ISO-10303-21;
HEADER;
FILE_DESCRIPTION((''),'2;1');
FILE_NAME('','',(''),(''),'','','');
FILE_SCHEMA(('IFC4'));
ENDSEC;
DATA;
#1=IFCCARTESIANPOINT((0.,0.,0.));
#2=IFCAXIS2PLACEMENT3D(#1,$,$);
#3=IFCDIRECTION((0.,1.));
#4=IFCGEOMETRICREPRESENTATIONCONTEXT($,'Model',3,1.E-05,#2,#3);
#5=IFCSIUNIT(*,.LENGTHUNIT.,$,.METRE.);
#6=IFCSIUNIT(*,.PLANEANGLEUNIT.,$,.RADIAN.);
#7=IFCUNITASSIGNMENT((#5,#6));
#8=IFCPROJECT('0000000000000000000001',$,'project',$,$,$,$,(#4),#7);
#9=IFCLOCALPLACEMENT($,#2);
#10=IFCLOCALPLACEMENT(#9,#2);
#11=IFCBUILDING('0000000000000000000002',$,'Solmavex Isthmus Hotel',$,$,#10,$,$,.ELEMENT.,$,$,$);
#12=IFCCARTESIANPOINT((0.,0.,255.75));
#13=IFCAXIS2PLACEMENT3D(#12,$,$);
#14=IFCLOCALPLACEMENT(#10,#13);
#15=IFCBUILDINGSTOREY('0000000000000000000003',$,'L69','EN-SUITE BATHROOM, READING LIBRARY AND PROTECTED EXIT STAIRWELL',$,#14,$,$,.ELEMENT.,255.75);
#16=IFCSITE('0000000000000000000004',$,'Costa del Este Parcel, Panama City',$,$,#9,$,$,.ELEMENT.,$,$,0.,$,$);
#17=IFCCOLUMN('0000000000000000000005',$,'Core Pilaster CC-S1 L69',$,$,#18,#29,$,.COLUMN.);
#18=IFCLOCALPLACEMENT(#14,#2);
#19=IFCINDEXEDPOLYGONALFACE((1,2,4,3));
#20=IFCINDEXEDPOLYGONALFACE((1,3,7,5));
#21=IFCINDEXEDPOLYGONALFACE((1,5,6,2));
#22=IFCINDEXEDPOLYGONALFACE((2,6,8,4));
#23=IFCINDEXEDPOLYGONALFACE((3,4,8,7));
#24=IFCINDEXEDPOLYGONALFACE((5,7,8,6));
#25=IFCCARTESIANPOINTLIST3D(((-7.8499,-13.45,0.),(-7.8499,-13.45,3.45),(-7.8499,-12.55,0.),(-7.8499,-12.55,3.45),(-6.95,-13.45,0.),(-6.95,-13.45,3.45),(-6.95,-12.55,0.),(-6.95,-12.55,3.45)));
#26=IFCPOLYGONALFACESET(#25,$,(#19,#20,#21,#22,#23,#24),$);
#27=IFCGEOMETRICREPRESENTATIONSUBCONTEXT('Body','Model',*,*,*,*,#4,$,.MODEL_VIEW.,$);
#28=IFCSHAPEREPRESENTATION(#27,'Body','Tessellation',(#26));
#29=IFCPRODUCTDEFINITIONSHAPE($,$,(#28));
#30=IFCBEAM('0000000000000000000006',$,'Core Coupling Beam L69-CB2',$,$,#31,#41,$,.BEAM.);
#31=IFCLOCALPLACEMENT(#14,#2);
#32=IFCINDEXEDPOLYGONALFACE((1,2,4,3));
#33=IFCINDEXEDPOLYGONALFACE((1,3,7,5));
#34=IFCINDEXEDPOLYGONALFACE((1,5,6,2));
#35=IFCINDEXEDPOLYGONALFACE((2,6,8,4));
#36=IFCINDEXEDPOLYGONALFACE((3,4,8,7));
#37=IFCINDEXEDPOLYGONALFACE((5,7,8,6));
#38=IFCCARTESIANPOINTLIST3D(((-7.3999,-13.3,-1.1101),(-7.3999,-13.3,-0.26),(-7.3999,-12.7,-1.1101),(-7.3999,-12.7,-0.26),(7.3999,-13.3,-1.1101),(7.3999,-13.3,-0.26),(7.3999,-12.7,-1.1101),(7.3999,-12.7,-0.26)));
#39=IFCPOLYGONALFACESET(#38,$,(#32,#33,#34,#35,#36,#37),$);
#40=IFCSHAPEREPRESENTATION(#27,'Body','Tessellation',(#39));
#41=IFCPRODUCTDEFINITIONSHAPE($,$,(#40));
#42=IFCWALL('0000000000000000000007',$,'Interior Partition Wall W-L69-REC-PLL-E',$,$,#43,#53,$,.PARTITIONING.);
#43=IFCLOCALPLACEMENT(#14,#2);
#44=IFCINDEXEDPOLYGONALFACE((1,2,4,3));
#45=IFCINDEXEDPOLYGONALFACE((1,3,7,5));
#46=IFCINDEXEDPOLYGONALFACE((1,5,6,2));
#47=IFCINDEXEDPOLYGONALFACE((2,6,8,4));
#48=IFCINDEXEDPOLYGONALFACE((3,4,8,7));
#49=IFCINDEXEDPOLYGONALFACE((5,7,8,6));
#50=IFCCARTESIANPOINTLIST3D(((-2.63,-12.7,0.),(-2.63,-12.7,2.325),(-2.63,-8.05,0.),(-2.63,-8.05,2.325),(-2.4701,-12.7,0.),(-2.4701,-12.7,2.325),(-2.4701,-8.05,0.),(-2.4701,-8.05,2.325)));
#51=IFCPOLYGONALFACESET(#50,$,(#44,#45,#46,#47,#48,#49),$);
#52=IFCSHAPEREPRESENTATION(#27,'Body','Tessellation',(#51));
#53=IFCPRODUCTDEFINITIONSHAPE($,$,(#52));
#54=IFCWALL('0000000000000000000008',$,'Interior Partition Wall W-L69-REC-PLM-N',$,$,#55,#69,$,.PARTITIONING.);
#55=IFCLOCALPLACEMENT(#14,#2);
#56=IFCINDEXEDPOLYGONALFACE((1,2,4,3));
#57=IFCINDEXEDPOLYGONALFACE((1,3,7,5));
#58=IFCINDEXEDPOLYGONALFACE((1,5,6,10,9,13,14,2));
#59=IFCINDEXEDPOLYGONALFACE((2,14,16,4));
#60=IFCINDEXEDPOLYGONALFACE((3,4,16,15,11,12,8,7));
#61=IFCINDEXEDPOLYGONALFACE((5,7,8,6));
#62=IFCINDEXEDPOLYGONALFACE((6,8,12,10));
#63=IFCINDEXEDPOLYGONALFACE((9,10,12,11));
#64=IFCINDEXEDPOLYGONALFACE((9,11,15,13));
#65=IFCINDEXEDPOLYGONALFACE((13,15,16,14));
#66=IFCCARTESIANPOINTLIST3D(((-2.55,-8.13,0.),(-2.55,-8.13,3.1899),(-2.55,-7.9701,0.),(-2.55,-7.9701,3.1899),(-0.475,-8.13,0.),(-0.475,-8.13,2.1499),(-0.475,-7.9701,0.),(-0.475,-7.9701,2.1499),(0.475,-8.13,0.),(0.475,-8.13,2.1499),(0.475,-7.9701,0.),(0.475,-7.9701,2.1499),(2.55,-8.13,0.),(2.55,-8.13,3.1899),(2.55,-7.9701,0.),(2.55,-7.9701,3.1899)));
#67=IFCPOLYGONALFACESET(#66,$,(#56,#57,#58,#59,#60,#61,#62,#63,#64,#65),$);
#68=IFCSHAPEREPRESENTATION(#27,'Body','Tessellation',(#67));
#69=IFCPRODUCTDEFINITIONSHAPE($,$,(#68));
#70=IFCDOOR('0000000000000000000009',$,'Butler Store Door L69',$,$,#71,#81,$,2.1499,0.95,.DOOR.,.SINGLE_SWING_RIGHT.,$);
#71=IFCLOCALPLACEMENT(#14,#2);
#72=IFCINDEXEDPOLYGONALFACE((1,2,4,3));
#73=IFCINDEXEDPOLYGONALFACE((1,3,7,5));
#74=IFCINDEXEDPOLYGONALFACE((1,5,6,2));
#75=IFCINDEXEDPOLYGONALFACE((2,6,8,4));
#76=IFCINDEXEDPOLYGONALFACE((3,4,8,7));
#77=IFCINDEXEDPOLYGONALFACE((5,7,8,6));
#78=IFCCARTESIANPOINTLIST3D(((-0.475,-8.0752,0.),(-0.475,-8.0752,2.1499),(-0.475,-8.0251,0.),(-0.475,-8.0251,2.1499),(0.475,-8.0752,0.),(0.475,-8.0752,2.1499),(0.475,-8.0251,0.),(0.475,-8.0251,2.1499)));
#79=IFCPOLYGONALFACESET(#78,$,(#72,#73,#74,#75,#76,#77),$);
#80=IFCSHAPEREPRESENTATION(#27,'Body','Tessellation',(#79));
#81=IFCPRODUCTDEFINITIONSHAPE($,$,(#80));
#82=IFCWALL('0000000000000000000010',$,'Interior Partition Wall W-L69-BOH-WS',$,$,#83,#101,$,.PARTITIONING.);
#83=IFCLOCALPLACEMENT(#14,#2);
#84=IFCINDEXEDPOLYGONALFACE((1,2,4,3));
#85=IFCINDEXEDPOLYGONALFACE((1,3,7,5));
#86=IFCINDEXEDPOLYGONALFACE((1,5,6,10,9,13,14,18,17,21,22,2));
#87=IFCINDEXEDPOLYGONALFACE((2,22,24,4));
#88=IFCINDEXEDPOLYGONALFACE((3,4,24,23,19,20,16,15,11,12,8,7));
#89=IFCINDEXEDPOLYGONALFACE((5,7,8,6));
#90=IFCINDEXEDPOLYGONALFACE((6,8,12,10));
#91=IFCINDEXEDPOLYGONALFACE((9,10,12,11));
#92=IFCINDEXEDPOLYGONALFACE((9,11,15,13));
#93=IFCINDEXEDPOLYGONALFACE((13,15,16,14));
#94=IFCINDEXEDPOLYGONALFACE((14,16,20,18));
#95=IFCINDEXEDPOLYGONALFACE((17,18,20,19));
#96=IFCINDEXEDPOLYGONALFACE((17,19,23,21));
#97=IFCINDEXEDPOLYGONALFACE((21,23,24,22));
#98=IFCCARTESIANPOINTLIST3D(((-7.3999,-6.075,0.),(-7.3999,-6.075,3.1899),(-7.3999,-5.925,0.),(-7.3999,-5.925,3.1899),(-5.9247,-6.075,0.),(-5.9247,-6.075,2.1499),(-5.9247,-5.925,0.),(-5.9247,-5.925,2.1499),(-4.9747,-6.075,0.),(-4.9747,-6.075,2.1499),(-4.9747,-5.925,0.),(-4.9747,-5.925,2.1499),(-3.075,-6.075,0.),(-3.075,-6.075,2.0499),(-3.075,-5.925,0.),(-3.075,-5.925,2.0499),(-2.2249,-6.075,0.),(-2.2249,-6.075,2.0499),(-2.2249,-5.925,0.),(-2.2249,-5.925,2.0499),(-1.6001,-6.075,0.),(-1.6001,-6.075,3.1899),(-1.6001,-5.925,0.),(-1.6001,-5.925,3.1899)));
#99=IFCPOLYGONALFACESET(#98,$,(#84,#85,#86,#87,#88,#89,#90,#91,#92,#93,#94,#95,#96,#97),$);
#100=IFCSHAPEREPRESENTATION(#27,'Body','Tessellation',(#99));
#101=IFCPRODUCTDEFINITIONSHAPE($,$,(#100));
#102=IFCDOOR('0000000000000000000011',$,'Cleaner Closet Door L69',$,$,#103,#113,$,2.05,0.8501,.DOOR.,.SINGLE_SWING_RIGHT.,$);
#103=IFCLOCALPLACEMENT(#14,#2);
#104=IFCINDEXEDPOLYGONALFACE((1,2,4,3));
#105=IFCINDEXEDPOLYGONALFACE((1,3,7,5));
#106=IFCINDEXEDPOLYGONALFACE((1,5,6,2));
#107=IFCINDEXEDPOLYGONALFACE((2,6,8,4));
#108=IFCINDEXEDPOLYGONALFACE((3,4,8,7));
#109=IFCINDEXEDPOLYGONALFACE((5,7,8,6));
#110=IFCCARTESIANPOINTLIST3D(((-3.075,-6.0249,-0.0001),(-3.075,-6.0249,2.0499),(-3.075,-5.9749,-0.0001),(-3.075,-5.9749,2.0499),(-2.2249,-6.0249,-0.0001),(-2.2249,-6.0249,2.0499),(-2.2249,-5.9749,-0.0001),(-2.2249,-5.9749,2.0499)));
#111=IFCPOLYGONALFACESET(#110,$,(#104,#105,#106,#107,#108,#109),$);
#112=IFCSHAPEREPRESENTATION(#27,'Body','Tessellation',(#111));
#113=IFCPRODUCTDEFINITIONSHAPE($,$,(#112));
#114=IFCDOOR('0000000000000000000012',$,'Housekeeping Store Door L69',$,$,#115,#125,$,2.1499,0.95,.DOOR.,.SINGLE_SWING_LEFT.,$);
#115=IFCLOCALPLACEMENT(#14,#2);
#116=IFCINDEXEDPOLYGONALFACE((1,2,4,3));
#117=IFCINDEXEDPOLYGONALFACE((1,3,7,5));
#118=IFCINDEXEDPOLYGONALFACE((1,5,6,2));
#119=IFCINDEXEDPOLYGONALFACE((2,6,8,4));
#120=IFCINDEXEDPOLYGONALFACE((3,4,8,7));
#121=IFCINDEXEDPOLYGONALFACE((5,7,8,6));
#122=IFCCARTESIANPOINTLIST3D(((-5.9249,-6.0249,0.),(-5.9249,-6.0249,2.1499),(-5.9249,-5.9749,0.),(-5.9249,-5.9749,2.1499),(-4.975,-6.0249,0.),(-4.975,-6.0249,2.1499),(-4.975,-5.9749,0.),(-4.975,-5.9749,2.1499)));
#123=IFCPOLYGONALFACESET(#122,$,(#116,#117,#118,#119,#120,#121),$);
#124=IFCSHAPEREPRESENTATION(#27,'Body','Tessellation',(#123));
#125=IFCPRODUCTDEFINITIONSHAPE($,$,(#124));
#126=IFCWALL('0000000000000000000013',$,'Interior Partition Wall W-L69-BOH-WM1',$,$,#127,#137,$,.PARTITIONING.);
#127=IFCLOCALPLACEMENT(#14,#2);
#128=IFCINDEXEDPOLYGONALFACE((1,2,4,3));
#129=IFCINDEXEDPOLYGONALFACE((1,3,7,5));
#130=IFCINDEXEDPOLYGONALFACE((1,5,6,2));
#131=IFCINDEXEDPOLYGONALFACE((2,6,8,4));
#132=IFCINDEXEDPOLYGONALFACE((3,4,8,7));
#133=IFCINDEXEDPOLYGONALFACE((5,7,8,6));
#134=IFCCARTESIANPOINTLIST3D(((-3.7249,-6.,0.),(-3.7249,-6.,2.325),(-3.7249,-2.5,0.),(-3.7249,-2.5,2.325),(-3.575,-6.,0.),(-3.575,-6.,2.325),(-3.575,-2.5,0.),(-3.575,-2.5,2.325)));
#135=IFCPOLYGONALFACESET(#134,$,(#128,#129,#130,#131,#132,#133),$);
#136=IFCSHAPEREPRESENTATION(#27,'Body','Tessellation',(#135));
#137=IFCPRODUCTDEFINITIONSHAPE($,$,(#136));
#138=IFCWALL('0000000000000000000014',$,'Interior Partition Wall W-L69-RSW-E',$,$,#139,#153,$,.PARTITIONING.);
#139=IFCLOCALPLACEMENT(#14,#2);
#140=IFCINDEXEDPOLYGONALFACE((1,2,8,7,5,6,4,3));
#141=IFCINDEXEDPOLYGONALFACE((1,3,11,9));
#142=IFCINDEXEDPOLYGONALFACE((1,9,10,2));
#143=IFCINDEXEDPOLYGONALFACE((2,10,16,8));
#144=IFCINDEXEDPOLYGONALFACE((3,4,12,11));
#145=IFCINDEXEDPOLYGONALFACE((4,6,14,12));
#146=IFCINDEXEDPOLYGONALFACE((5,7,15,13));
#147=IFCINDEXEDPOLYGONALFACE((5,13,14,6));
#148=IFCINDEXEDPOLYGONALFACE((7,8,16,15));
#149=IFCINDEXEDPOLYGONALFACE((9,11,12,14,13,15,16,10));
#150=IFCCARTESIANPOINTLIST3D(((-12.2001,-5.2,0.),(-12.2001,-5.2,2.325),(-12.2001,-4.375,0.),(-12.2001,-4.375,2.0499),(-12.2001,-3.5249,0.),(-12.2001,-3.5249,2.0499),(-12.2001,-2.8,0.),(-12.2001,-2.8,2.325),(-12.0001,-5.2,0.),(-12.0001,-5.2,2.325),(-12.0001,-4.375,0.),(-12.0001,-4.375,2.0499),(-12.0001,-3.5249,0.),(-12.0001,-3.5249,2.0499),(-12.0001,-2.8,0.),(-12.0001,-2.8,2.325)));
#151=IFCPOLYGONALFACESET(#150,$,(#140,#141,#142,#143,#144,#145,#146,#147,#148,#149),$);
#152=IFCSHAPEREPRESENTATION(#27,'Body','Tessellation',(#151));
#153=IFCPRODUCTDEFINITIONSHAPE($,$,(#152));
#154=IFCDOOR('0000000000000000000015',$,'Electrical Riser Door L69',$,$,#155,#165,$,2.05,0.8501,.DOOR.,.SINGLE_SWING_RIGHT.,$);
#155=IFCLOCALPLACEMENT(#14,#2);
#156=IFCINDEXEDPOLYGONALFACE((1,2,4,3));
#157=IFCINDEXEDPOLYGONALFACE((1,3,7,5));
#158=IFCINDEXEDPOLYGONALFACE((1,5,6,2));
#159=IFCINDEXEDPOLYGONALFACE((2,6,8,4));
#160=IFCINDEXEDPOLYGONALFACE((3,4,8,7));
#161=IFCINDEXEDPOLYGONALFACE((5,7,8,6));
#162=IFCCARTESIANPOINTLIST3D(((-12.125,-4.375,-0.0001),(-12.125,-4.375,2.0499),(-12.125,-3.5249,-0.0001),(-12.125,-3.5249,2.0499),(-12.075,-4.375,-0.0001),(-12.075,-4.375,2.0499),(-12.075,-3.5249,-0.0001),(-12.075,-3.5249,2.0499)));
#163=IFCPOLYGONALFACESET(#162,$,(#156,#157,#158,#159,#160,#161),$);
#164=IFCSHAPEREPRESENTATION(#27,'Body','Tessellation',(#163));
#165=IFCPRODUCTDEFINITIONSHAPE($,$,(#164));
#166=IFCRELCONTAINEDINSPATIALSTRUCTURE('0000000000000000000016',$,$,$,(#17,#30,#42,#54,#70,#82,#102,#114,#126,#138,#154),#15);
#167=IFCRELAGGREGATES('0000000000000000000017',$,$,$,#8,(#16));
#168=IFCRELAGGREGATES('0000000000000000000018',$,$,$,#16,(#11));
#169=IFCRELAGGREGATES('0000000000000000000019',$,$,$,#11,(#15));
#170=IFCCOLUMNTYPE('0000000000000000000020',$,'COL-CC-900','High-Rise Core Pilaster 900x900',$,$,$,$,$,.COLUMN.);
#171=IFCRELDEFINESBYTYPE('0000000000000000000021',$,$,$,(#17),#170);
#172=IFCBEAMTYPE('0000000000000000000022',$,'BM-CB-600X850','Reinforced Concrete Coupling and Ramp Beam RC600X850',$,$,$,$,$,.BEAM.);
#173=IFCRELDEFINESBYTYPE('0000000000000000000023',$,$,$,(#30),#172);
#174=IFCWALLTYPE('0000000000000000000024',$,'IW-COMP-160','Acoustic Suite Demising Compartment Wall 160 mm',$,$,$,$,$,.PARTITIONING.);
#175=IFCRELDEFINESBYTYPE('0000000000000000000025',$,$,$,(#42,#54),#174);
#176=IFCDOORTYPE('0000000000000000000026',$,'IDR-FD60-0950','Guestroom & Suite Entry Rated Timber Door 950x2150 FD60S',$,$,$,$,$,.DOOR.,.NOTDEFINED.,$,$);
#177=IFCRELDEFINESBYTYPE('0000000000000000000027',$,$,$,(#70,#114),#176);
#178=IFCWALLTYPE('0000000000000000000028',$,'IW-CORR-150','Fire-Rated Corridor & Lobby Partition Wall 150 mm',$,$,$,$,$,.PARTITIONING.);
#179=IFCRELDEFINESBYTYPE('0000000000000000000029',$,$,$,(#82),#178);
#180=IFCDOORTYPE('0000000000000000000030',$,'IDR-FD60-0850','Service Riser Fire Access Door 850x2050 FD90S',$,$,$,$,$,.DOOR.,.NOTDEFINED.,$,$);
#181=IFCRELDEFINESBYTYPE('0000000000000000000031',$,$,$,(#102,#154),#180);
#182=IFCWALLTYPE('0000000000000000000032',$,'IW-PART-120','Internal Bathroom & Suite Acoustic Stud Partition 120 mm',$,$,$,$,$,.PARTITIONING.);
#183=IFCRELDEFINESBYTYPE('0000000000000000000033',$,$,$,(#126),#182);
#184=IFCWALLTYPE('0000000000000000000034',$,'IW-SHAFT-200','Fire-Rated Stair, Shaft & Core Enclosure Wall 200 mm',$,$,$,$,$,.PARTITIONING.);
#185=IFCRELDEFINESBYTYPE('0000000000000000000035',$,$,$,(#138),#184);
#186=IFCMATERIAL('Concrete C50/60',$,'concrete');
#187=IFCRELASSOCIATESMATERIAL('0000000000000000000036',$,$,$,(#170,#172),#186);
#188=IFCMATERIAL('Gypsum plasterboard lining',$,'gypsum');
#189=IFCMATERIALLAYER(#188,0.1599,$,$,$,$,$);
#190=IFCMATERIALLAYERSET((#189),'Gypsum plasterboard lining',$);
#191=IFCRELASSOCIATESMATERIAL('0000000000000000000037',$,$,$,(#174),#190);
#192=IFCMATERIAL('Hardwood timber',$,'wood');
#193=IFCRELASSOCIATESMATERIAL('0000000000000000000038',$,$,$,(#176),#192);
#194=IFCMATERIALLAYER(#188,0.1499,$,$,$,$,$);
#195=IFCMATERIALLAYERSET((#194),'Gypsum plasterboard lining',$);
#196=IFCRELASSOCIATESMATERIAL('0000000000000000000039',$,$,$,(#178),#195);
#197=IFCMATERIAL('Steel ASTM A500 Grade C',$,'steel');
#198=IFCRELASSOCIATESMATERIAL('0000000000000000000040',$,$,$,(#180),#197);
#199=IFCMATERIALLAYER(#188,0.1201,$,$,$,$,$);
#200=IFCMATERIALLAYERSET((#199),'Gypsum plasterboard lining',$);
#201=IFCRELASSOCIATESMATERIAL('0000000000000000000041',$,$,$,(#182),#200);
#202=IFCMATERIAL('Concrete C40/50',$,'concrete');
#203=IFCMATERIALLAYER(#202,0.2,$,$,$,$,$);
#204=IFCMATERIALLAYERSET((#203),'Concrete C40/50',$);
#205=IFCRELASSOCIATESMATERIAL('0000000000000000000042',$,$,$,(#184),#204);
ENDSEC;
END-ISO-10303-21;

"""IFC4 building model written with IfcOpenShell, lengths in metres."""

from ifc_helpers import new_model, si_unit, direction, frame, frame_2d, origin, origin_2d, place, context, subcontext, project, spatial, rectangle, extrude, material, layer, layer_set, material_profile, profile_set, type_object, element, fill, save


model = new_model("IFC4")

# Units and contexts
model_context = context("Model", 3, precision=1e-05, world=origin(), true_north=direction((0.0, 1.0)))
body_context = subcontext(model_context, "Body", "Model", "MODEL_VIEW")
ifc_project = project(units=[si_unit("LENGTHUNIT", "METRE"), si_unit("PLANEANGLEUNIT", "RADIAN")], contexts=[model_context])

# Site, building, storey
site_placement = place(None, origin())
site = spatial("IfcSite", under=ifc_project, at=site_placement, Name="Costa del Este Parcel, Panama City", CompositionType="ELEMENT", RefElevation=0.0)
building_placement = place(site_placement, origin())
building = spatial("IfcBuilding", under=site, at=building_placement, Name="Solmavex Isthmus Hotel", CompositionType="ELEMENT")
storey_placement = place(building_placement, frame((0.0, 0.0, 255.75)))
storey = spatial("IfcBuildingStorey", under=building, at=storey_placement, Name="L69", Description="EN-SUITE BATHROOM, READING LIBRARY AND PROTECTED EXIT STAIRWELL", CompositionType="ELEMENT", Elevation=255.75)

# Column
ifc_material_1 = material(Name="Concrete C50/60", Category="concrete")
ifc_material_profile_1 = material_profile(ifc_material_1, rectangle(XDim=0.8999, YDim=0.8999, at=origin_2d()), Name="RC900X900")
ifc_profile_set_1 = profile_set([ifc_material_profile_1], Name="Concrete C50/60")
column_type = type_object("IfcColumnType", Name="COL-CC-900", Description="High-Rise Core Pilaster 900x900", PredefinedType="COLUMN", material=ifc_profile_set_1)
column_placement = place(storey_placement, frame((-7.3999, -13.0, 0.0), z_axis=(0.0, 0.0, 1.0), x_axis=(1.0, 0.0, 0.0)))
element("IfcColumn", 1, at=column_placement, inside=storey, type_object=column_type, Name="Core Pilaster CC-S1 L69", PredefinedType="COLUMN", context=body_context, shape_type="SweptSolid", body=[
    extrude(rectangle(XDim=0.8999, YDim=0.8999, at=origin_2d()), origin(), (0.0, 0.0, 1.0), 3.45),
])

# Beam
ifc_material_profile_2 = material_profile(ifc_material_1, rectangle(XDim=0.6001, YDim=0.8501, at=origin_2d()), Name="RC600X850")
ifc_profile_set_2 = profile_set([ifc_material_profile_2], Name="Concrete C50/60")
beam_type = type_object("IfcBeamType", Name="BM-CB-600X850", Description="Reinforced Concrete Coupling and Ramp Beam RC600X850", PredefinedType="BEAM", material=ifc_profile_set_2)
beam_placement = place(storey_placement, frame((-7.3999, -13.0, -0.6851), z_axis=(1.0, 0.0, 0.0), x_axis=(0.0, 1.0, 0.0)))
element("IfcBeam", 2, at=beam_placement, inside=storey, type_object=beam_type, Name="Core Coupling Beam L69-CB2", PredefinedType="BEAM", context=body_context, shape_type="SweptSolid", body=[
    extrude(rectangle(XDim=0.6001, YDim=0.8501, at=origin_2d()), origin(), (0.0, 0.0, 1.0), 14.7998),
])

# Shared definitions
ifc_material_2 = material(Name="Gypsum plasterboard lining", Category="gypsum")
ifc_layer_1 = layer(ifc_material_2, 0.1599)
ifc_layer_set_1 = layer_set([ifc_layer_1], Name="Gypsum plasterboard lining")
wall_type_1 = type_object("IfcWallType", Name="IW-COMP-160", Description="Acoustic Suite Demising Compartment Wall 160 mm", PredefinedType="PARTITIONING", material=ifc_layer_set_1)
ifc_material_3 = material(Name="Hardwood timber", Category="wood")
door_type_1 = type_object("IfcDoorType", Name="IDR-FD60-0950", Description="Guestroom & Suite Entry Rated Timber Door 950x2150 FD60S", OperationType="NOTDEFINED", PredefinedType="DOOR", material=ifc_material_3)

# Wall
wall_1_placement = place(storey_placement, frame((-2.55, -12.7, 0.0), z_axis=(0.0, 0.0, 1.0), x_axis=(0.0, 1.0, 0.0)))
element("IfcWall", 3, at=wall_1_placement, inside=storey, type_object=wall_type_1, Name="Interior Partition Wall W-L69-REC-PLL-E", PredefinedType="PARTITIONING", context=body_context, shape_type="SweptSolid", body=[
    extrude(rectangle(XDim=4.6499, YDim=0.1599, at=frame_2d((2.325, 0.0))), origin(), (0.0, 0.0, 1.0), 2.325),
])

# Wall, opening, door
wall_2_placement = place(storey_placement, frame((-2.55, -8.05, 0.0), z_axis=(0.0, 0.0, 1.0), x_axis=(1.0, 0.0, 0.0)))
wall_2 = element("IfcWall", 4, at=wall_2_placement, inside=storey, type_object=wall_type_1, Name="Interior Partition Wall W-L69-REC-PLM-N", PredefinedType="PARTITIONING", context=body_context, shape_type="SweptSolid", body=[
    extrude(rectangle(XDim=5.1001, YDim=0.1599, at=frame_2d((2.55, 0.0))), origin(), (0.0, 0.0, 1.0), 3.1899),
])
opening_1_placement = place(wall_2_placement, frame((2.075, 0.0, 0.0)))
opening_1 = element("IfcOpeningElement", 5, at=opening_1_placement, cuts=wall_2, PredefinedType="OPENING", context=body_context, shape_type="SweptSolid", body=[
    extrude(rectangle(XDim=0.95, YDim=2.1499, at=frame_2d((0.4751, 1.075))), frame((0.0, 0.0898, 0.0), z_axis=(0.0, -1.0, 0.0), x_axis=(1.0, 0.0, 0.0)), (0.0, 0.0, 1.0), 0.1799),
])
door_1_placement = place(opening_1_placement, origin())
door_1 = element("IfcDoor", 6, at=door_1_placement, inside=storey, type_object=door_type_1, Name="Butler Store Door L69", OperationType="SINGLE_SWING_RIGHT", OverallHeight=2.1499, OverallWidth=0.95, PredefinedType="DOOR", context=body_context, shape_type="SweptSolid", body=[
    extrude(rectangle(XDim=0.95, YDim=2.1499, at=frame_2d((0.4751, 1.075))), frame((0.0, 0.0249, 0.0), z_axis=(0.0, -1.0, 0.0), x_axis=(1.0, 0.0, 0.0)), (0.0, 0.0, 1.0), 0.05),
])
fill(opening_1, door_1)

# Wall, openings, doors
ifc_layer_2 = layer(ifc_material_2, 0.1499)
ifc_layer_set_2 = layer_set([ifc_layer_2], Name="Gypsum plasterboard lining")
wall_type_2 = type_object("IfcWallType", Name="IW-CORR-150", Description="Fire-Rated Corridor & Lobby Partition Wall 150 mm", PredefinedType="PARTITIONING", material=ifc_layer_set_2)
wall_3_placement = place(storey_placement, frame((-7.3999, -6.0, 0.0), z_axis=(0.0, 0.0, 1.0), x_axis=(1.0, 0.0, 0.0)))
wall_3 = element("IfcWall", 7, at=wall_3_placement, inside=storey, type_object=wall_type_2, Name="Interior Partition Wall W-L69-BOH-WS", PredefinedType="PARTITIONING", context=body_context, shape_type="SweptSolid", body=[
    extrude(rectangle(XDim=5.7998, YDim=0.1499, at=frame_2d((2.8999, 0.0))), origin(), (0.0, 0.0, 1.0), 3.1899),
])
opening_2_placement = place(wall_3_placement, frame((1.4751, 0.0, 0.0)))
opening_2 = element("IfcOpeningElement", 8, at=opening_2_placement, cuts=wall_3, PredefinedType="OPENING", context=body_context, shape_type="SweptSolid", body=[
    extrude(rectangle(XDim=0.95, YDim=2.1499, at=frame_2d((0.4751, 1.075))), frame((0.0, 0.085, 0.0), z_axis=(0.0, -1.0, 0.0), x_axis=(1.0, 0.0, 0.0)), (0.0, 0.0, 1.0), 0.1699),
])
opening_3_placement = place(wall_3_placement, frame((4.325, 0.0, 0.0)))
opening_3 = element("IfcOpeningElement", 9, at=opening_3_placement, cuts=wall_3, PredefinedType="OPENING", context=body_context, shape_type="SweptSolid", body=[
    extrude(rectangle(XDim=0.8501, YDim=2.05, at=frame_2d((0.425, 1.0249))), frame((0.0, 0.085, 0.0), z_axis=(0.0, -1.0, 0.0), x_axis=(1.0, 0.0, 0.0)), (0.0, 0.0, 1.0), 0.1699),
])
ifc_material_4 = material(Name="Steel ASTM A500 Grade C", Category="steel")
door_type_2 = type_object("IfcDoorType", Name="IDR-FD60-0850", Description="Service Riser Fire Access Door 850x2050 FD90S", OperationType="NOTDEFINED", PredefinedType="DOOR", material=ifc_material_4)
door_2_placement = place(opening_3_placement, frame((0.8501, 0.0, 0.0), z_axis=(0.0, 0.0, 1.0), x_axis=(-1.0, 0.0, 0.0)))
door_2 = element("IfcDoor", 10, at=door_2_placement, inside=storey, type_object=door_type_2, Name="Cleaner Closet Door L69", OperationType="SINGLE_SWING_RIGHT", OverallHeight=2.05, OverallWidth=0.8501, PredefinedType="DOOR", context=body_context, shape_type="SweptSolid", body=[
    extrude(rectangle(XDim=0.8501, YDim=2.05, at=frame_2d((0.425, 1.0249))), frame((0.0, 0.0249, 0.0), z_axis=(0.0, -1.0, 0.0), x_axis=(1.0, 0.0, 0.0)), (0.0, 0.0, 1.0), 0.05),
])
fill(opening_3, door_2)
door_3_placement = place(opening_2_placement, frame((0.95, 0.0, 0.0), z_axis=(0.0, 0.0, 1.0), x_axis=(-1.0, 0.0, 0.0)))
door_3 = element("IfcDoor", 11, at=door_3_placement, inside=storey, type_object=door_type_1, Name="Housekeeping Store Door L69", OperationType="SINGLE_SWING_LEFT", OverallHeight=2.1499, OverallWidth=0.95, PredefinedType="DOOR", context=body_context, shape_type="SweptSolid", body=[
    extrude(rectangle(XDim=0.95, YDim=2.1499, at=frame_2d((0.4751, 1.075))), frame((0.0, 0.0249, 0.0), z_axis=(0.0, -1.0, 0.0), x_axis=(1.0, 0.0, 0.0)), (0.0, 0.0, 1.0), 0.05),
])
fill(opening_2, door_3)

# Wall
ifc_layer_3 = layer(ifc_material_2, 0.1201)
ifc_layer_set_3 = layer_set([ifc_layer_3], Name="Gypsum plasterboard lining")
wall_type_3 = type_object("IfcWallType", Name="IW-PART-120", Description="Internal Bathroom & Suite Acoustic Stud Partition 120 mm", PredefinedType="PARTITIONING", material=ifc_layer_set_3)
wall_4_placement = place(storey_placement, frame((-3.6499, -6.0, 0.0), z_axis=(0.0, 0.0, 1.0), x_axis=(0.0, 1.0, 0.0)))
element("IfcWall", 12, at=wall_4_placement, inside=storey, type_object=wall_type_3, Name="Interior Partition Wall W-L69-BOH-WM1", PredefinedType="PARTITIONING", context=body_context, shape_type="SweptSolid", body=[
    extrude(rectangle(XDim=3.5, YDim=0.1499, at=frame_2d((1.75, 0.0))), origin(), (0.0, 0.0, 1.0), 2.325),
])

# Wall, opening, door
ifc_material_5 = material(Name="Concrete C40/50", Category="concrete")
ifc_layer_4 = layer(ifc_material_5, 0.2)
ifc_layer_set_4 = layer_set([ifc_layer_4], Name="Concrete C40/50")
wall_type_4 = type_object("IfcWallType", Name="IW-SHAFT-200", Description="Fire-Rated Stair, Shaft & Core Enclosure Wall 200 mm", PredefinedType="PARTITIONING", material=ifc_layer_set_4)
wall_5_placement = place(storey_placement, frame((-12.1001, -5.2, 0.0), z_axis=(0.0, 0.0, 1.0), x_axis=(0.0, 1.0, 0.0)))
wall_5 = element("IfcWall", 13, at=wall_5_placement, inside=storey, type_object=wall_type_4, Name="Interior Partition Wall W-L69-RSW-E", PredefinedType="PARTITIONING", context=body_context, shape_type="SweptSolid", body=[
    extrude(rectangle(XDim=2.3999, YDim=0.2, at=frame_2d((1.2, 0.0))), origin(), (0.0, 0.0, 1.0), 2.325),
])
opening_4_placement = place(wall_5_placement, frame((0.825, 0.0, 0.0)))
opening_4 = element("IfcOpeningElement", 14, at=opening_4_placement, cuts=wall_5, PredefinedType="OPENING", context=body_context, shape_type="SweptSolid", body=[
    extrude(rectangle(XDim=0.8501, YDim=2.05, at=frame_2d((0.425, 1.0249))), frame((0.0, 0.1099, 0.0), z_axis=(0.0, -1.0, 0.0), x_axis=(1.0, 0.0, 0.0)), (0.0, 0.0, 1.0), 0.22),
])
door_4_placement = place(opening_4_placement, origin())
door_4 = element("IfcDoor", 15, at=door_4_placement, inside=storey, type_object=door_type_2, Name="Electrical Riser Door L69", OperationType="SINGLE_SWING_RIGHT", OverallHeight=2.05, OverallWidth=0.8501, PredefinedType="DOOR", context=body_context, shape_type="SweptSolid", body=[
    extrude(rectangle(XDim=0.8501, YDim=2.05, at=frame_2d((0.425, 1.0249))), frame((0.0, 0.0249, 0.0), z_axis=(0.0, -1.0, 0.0), x_axis=(1.0, 0.0, 0.0)), (0.0, 0.0, 1.0), 0.05),
])
fill(opening_4, door_4)

save(model, "model.ifc")
